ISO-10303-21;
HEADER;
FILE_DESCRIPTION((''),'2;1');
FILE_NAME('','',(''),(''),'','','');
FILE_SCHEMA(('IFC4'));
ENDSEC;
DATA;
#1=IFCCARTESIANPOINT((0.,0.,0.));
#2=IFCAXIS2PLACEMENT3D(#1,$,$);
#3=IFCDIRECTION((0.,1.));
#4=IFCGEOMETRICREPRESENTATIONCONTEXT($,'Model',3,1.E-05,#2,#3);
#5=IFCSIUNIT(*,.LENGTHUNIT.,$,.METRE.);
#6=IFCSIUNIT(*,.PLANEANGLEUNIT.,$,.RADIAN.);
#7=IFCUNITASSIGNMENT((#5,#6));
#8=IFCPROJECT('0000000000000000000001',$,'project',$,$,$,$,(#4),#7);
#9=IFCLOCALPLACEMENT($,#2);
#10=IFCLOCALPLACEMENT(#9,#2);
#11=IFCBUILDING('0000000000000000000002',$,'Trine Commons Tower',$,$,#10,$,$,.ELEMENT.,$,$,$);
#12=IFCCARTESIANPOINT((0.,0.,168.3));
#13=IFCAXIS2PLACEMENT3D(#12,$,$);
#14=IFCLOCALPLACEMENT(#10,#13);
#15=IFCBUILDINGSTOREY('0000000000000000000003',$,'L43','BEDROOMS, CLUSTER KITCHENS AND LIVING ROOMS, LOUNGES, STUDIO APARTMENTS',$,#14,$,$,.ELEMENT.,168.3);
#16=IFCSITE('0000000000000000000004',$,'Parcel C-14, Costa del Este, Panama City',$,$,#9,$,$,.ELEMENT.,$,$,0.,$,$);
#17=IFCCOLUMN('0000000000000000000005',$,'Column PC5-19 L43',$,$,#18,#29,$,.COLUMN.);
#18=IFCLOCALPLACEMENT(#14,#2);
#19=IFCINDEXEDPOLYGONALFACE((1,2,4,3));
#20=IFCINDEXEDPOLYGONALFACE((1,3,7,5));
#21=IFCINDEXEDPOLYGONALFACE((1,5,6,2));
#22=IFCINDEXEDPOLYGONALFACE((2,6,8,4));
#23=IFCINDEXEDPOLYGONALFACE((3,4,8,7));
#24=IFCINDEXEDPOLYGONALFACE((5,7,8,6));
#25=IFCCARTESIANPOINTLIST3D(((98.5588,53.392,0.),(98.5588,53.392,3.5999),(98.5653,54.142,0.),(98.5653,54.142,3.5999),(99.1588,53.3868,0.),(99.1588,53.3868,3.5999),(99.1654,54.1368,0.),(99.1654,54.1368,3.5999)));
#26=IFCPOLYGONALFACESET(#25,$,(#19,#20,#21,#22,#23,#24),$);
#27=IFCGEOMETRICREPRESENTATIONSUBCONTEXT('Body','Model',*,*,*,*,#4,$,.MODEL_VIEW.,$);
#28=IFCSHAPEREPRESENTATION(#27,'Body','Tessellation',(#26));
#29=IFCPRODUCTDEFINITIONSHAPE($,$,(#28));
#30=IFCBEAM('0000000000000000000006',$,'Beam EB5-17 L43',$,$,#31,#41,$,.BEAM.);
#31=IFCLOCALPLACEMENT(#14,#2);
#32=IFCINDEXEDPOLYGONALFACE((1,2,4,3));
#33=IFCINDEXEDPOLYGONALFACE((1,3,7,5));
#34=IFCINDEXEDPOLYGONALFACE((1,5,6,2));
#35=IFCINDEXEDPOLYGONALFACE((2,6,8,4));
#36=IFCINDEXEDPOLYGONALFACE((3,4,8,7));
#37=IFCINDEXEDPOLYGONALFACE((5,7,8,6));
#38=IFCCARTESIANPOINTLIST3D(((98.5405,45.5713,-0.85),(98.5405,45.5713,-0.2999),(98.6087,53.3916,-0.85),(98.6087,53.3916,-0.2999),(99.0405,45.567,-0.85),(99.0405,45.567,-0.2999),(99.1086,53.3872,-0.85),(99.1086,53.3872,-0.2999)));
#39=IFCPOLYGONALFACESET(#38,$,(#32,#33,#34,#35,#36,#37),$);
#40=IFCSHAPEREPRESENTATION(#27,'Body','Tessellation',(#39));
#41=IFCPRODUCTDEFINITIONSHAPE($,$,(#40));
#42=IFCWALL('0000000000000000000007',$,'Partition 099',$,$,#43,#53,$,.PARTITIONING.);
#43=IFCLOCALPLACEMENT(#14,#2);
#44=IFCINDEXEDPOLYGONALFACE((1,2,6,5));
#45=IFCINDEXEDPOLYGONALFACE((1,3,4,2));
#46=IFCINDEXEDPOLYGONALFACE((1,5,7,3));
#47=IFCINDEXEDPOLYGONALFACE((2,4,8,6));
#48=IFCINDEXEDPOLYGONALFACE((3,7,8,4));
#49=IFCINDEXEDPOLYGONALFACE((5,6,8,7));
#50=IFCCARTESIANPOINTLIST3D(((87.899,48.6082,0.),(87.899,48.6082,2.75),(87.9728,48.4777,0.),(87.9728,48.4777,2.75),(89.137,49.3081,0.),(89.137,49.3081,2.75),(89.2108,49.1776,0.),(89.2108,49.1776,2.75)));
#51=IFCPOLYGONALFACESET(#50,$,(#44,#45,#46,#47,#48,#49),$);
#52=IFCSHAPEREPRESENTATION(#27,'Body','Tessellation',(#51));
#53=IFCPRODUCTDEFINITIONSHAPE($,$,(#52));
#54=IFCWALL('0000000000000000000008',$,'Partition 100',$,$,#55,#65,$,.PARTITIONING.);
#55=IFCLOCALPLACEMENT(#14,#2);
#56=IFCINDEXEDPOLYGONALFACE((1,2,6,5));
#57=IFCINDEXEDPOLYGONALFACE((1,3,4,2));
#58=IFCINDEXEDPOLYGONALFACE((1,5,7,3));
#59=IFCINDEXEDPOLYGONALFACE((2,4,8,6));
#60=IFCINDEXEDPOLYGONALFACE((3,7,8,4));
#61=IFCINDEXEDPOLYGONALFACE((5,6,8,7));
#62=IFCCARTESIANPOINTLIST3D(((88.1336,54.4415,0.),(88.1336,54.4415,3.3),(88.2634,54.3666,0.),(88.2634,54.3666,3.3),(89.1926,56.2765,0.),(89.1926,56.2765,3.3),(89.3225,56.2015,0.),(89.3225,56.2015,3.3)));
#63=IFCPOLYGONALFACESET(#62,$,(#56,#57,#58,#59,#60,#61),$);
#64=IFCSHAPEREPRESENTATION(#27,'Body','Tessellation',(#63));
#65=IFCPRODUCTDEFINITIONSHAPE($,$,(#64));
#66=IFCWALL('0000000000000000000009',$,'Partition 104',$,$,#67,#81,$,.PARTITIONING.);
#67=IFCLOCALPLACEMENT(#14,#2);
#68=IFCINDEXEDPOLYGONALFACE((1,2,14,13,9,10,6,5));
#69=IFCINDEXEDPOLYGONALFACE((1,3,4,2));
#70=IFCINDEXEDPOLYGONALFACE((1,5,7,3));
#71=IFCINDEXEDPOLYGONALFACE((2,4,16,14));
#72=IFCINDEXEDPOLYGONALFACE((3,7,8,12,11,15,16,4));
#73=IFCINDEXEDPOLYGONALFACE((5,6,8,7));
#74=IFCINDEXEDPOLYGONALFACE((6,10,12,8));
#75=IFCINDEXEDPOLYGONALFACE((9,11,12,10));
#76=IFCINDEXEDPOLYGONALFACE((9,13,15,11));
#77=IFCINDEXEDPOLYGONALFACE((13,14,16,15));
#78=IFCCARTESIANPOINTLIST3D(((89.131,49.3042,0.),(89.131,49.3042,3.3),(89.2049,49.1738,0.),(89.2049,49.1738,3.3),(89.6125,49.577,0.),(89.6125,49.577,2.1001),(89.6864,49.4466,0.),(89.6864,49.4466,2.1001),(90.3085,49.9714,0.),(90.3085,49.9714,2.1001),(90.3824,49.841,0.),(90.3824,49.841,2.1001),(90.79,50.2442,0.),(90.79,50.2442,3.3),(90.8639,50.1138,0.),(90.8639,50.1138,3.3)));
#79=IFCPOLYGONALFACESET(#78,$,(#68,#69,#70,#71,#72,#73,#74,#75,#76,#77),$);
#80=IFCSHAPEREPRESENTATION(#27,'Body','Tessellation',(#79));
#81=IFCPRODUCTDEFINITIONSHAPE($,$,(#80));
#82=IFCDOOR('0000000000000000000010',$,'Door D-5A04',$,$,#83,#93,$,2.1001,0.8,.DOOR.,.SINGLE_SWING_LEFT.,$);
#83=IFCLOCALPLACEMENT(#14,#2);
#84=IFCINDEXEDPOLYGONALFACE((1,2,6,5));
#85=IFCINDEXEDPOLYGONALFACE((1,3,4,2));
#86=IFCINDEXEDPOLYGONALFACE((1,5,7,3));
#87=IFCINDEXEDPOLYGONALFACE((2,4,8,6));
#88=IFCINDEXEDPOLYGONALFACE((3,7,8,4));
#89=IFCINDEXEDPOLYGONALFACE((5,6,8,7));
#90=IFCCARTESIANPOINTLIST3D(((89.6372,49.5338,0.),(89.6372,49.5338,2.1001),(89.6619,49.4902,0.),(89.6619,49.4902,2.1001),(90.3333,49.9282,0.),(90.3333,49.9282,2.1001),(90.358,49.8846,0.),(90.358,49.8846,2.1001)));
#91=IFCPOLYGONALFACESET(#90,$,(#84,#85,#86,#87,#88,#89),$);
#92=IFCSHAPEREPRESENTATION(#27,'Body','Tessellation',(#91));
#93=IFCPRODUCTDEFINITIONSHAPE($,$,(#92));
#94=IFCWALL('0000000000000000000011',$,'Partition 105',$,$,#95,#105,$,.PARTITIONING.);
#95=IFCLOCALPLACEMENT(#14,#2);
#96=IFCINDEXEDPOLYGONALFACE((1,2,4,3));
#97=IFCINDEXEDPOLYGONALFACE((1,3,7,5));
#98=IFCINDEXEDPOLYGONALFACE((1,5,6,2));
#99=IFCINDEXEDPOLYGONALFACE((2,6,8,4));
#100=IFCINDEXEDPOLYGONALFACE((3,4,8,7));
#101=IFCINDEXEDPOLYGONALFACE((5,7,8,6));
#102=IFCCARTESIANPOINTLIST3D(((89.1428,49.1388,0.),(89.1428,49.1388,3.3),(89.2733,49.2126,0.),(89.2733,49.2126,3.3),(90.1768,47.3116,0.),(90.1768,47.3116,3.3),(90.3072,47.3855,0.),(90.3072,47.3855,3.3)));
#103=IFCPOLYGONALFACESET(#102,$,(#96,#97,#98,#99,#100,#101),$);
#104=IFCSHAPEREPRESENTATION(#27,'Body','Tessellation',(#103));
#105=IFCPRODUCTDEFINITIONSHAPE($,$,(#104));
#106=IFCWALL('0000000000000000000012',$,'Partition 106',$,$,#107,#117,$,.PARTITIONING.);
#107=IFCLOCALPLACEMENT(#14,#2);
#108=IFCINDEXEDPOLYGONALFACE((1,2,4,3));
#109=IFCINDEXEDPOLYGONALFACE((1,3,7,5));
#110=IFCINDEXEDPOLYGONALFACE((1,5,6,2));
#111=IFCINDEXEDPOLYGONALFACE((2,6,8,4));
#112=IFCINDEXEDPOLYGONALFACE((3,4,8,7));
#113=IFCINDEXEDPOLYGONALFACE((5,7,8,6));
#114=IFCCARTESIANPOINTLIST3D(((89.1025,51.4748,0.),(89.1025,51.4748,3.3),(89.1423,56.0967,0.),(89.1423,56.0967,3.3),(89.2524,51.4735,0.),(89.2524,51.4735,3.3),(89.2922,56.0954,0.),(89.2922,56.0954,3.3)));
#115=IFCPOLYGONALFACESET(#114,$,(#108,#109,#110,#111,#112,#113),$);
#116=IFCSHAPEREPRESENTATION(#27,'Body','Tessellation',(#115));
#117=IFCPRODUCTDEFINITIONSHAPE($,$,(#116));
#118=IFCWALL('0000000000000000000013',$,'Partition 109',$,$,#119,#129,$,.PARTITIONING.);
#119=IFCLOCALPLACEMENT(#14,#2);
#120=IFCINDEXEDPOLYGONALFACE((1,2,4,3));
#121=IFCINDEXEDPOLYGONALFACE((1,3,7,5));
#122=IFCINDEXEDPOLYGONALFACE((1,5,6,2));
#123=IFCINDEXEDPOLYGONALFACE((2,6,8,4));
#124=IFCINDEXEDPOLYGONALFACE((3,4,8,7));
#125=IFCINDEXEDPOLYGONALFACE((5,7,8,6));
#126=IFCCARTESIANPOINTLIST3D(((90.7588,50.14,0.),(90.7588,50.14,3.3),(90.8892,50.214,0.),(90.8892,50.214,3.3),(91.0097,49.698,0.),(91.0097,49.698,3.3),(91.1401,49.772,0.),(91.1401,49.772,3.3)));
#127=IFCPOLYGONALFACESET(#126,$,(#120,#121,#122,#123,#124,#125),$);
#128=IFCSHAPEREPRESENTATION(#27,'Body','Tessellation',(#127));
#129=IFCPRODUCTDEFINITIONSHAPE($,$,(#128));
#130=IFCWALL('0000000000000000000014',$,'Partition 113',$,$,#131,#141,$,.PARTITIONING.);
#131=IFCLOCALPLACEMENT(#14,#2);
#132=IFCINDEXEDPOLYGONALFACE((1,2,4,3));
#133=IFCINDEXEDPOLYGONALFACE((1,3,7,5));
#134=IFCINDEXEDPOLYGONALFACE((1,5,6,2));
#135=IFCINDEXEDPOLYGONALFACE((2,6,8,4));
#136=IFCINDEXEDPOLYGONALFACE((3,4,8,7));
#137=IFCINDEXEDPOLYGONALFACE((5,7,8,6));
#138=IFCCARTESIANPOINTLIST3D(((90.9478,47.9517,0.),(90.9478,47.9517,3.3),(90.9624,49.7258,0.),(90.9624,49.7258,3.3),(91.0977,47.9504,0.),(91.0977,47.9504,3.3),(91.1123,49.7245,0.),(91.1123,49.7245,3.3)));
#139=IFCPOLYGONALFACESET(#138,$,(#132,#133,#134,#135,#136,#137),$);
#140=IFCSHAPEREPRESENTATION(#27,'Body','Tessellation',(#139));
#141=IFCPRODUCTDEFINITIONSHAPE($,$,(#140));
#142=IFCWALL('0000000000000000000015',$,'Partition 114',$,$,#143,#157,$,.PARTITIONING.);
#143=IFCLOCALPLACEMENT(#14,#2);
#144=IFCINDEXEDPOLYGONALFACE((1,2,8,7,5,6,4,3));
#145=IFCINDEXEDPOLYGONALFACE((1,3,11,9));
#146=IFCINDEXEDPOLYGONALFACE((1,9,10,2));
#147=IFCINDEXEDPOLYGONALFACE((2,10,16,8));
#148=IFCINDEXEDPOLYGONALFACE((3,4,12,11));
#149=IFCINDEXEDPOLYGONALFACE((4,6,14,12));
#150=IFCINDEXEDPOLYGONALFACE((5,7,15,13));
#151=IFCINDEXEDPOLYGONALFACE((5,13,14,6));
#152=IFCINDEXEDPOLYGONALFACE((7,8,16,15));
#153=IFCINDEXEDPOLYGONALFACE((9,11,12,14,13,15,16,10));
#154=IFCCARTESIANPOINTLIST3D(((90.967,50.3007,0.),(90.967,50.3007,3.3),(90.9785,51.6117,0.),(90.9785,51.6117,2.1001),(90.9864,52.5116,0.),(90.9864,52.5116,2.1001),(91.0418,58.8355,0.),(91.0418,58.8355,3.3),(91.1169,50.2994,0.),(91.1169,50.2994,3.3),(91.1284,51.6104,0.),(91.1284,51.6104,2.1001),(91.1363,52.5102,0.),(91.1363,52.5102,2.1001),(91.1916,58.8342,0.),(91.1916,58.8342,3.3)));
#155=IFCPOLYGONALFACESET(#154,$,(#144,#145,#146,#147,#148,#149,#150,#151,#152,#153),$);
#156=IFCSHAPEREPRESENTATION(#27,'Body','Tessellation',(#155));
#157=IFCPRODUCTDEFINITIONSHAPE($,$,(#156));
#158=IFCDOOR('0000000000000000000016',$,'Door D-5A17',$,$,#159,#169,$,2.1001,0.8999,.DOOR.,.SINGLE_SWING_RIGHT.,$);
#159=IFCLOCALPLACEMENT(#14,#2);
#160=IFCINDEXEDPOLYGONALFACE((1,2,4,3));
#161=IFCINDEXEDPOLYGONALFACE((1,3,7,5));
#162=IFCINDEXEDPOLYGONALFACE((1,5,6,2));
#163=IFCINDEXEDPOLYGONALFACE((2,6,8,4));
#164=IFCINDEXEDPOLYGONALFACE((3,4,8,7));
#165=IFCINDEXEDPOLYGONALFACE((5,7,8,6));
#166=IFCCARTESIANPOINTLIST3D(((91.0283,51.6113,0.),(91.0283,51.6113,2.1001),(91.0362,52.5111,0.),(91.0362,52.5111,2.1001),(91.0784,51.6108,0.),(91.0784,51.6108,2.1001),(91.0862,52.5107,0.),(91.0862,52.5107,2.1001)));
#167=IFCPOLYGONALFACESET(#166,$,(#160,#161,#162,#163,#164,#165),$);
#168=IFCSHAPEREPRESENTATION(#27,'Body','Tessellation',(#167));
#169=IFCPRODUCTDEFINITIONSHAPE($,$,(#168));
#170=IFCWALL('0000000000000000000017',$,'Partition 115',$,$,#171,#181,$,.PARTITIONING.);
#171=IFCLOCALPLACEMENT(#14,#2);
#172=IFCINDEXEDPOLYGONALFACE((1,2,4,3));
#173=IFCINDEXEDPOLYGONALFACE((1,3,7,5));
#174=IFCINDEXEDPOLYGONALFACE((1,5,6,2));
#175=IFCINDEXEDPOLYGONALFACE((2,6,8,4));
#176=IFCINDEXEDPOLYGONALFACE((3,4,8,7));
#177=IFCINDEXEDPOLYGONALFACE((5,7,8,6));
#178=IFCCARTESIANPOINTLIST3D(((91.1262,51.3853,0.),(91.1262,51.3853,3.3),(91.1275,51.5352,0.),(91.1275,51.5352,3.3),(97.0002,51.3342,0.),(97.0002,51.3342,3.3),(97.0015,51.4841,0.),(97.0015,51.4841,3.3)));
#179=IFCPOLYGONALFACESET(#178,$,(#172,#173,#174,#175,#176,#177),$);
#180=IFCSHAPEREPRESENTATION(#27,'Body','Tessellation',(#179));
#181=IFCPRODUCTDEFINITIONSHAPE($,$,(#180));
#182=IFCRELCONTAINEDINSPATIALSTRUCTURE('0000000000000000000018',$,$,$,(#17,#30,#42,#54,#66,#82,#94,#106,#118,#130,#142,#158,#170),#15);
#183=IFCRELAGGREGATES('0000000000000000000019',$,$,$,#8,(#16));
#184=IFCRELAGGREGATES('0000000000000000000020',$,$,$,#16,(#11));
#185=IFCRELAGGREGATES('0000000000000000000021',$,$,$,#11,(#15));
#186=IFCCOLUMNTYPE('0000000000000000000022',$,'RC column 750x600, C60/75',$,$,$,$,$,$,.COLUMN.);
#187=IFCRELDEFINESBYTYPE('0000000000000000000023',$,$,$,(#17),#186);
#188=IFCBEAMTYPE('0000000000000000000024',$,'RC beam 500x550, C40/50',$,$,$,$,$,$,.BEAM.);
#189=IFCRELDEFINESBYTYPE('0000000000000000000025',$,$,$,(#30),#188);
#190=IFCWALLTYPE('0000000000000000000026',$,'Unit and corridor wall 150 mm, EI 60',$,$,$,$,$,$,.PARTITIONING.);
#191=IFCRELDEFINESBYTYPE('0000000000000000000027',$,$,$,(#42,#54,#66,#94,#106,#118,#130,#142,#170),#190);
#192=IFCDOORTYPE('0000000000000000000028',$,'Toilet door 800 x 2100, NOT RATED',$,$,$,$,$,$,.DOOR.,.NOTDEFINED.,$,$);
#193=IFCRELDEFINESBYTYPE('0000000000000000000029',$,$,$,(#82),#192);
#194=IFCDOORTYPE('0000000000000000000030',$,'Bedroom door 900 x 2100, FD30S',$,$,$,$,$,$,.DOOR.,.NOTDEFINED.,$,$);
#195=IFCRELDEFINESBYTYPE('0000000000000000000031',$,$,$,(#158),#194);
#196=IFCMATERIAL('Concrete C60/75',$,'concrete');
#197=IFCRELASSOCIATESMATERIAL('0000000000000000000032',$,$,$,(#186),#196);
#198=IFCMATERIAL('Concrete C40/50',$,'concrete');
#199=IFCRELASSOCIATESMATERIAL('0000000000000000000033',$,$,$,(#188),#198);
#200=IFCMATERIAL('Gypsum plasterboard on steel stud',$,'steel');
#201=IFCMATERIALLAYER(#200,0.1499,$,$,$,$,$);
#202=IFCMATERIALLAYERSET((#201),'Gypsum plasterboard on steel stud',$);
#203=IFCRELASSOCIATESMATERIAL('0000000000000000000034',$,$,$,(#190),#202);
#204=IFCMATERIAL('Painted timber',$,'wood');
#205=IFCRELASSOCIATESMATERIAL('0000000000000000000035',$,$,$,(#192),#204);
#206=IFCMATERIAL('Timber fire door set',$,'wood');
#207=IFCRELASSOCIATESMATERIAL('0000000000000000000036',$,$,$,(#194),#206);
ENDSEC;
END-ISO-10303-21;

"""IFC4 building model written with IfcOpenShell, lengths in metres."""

from ifc_helpers import new_model, si_unit, direction, frame, frame_2d, origin, origin_2d, place, context, subcontext, project, spatial, rectangle, extrude, material, layer, layer_set, material_profile, profile_set, type_object, element, fill, save


model = new_model("IFC4")

# Units and contexts
model_context = context("Model", 3, precision=1e-05, world=origin(), true_north=direction((0.0, 1.0)))
body_context = subcontext(model_context, "Body", "Model", "MODEL_VIEW")
ifc_project = project(units=[si_unit("LENGTHUNIT", "METRE"), si_unit("PLANEANGLEUNIT", "RADIAN")], contexts=[model_context])

# Site, building, storey
site_placement = place(None, origin())
site = spatial("IfcSite", under=ifc_project, at=site_placement, Name="Parcel C-14, Costa del Este, Panama City", CompositionType="ELEMENT", RefElevation=0.0)
building_placement = place(site_placement, origin())
building = spatial("IfcBuilding", under=site, at=building_placement, Name="Trine Commons Tower", CompositionType="ELEMENT")
storey_placement = place(building_placement, frame((0.0, 0.0, 168.3)))
storey = spatial("IfcBuildingStorey", under=building, at=storey_placement, Name="L43", Description="BEDROOMS, CLUSTER KITCHENS AND LIVING ROOMS, LOUNGES, STUDIO APARTMENTS", CompositionType="ELEMENT", Elevation=168.3)

# Column
ifc_material_1 = material(Name="Concrete C60/75", Category="concrete")
ifc_material_profile_1 = material_profile(ifc_material_1, rectangle(XDim=0.75, YDim=0.6001, at=origin_2d()), Name="RC 750x600")
ifc_profile_set_1 = profile_set([ifc_material_profile_1], Name="Concrete C60/75")
column_type = type_object("IfcColumnType", Name="RC column 750x600, C60/75", PredefinedType="COLUMN", material=ifc_profile_set_1)
column_placement = place(storey_placement, frame((98.8621, 53.7644, 0.0), z_axis=(0.0, 0.0, 1.0), x_axis=(0.008727, 0.999962, 0.0)))
element("IfcColumn", 1, at=column_placement, inside=storey, type_object=column_type, Name="Column PC5-19 L43", PredefinedType="COLUMN", context=body_context, shape_type="SweptSolid", body=[
    extrude(rectangle(XDim=0.75, YDim=0.6001, at=origin_2d()), origin(), (0.0, 0.0, 1.0), 3.5999),
])

# Beam
ifc_material_2 = material(Name="Concrete C40/50", Category="concrete")
ifc_material_profile_2 = material_profile(ifc_material_2, rectangle(XDim=0.5, YDim=0.55, at=origin_2d()), Name="RC 500x550")
ifc_profile_set_2 = profile_set([ifc_material_profile_2], Name="Concrete C40/50")
beam_type = type_object("IfcBeamType", Name="RC beam 500x550, C40/50", PredefinedType="BEAM", material=ifc_profile_set_2)
beam_placement = place(storey_placement, frame((98.8586, 53.3894, -0.575), z_axis=(-0.00871, -0.999962, 0.0), x_axis=(0.999962, -0.00871, 0.0)))
element("IfcBeam", 2, at=beam_placement, inside=storey, type_object=beam_type, Name="Beam EB5-17 L43", PredefinedType="BEAM", context=body_context, shape_type="SweptSolid", body=[
    extrude(rectangle(XDim=0.5, YDim=0.55, at=origin_2d()), origin(), (0.0, 0.0, 1.0), 7.8206),
])

# Walls
ifc_material_3 = material(Name="Gypsum plasterboard on steel stud", Category="steel")
ifc_layer = layer(ifc_material_3, 0.1499)
ifc_layer_set = layer_set([ifc_layer], Name="Gypsum plasterboard on steel stud")
wall_type = type_object("IfcWallType", Name="Unit and corridor wall 150 mm, EI 60", PredefinedType="PARTITIONING", material=ifc_layer_set)
wall_1_placement = place(storey_placement, frame((87.936, 48.543, 0.0), z_axis=(0.0, 0.0, 1.0), x_axis=(0.870505, 0.492159, 0.0)))
element("IfcWall", 3, at=wall_1_placement, inside=storey, type_object=wall_type, Name="Partition 099", PredefinedType="PARTITIONING", context=body_context, shape_type="SweptSolid", body=[
    extrude(rectangle(XDim=1.4221, YDim=0.1499, at=frame_2d((0.7109, 0.0))), origin(), (0.0, 0.0, 1.0), 2.75),
])
wall_2_placement = place(storey_placement, frame((88.1985, 54.4041, 0.0), z_axis=(0.0, 0.0, 1.0), x_axis=(0.499882, 0.866093, 0.0)))
element("IfcWall", 4, at=wall_2_placement, inside=storey, type_object=wall_type, Name="Partition 100", PredefinedType="PARTITIONING", context=body_context, shape_type="SweptSolid", body=[
    extrude(rectangle(XDim=2.1187, YDim=0.1499, at=frame_2d((1.0593, 0.0))), origin(), (0.0, 0.0, 1.0), 3.3),
])

# Wall, opening, door
wall_3_placement = place(storey_placement, frame((89.168, 49.239, 0.0), z_axis=(0.0, 0.0, 1.0), x_axis=(0.87005, 0.492964, 0.0)))
wall_3 = element("IfcWall", 5, at=wall_3_placement, inside=storey, type_object=wall_type, Name="Partition 104", PredefinedType="PARTITIONING", context=body_context, shape_type="SweptSolid", body=[
    extrude(rectangle(XDim=1.9067, YDim=0.1499, at=frame_2d((0.9534, 0.0))), origin(), (0.0, 0.0, 1.0), 3.3),
])
opening_1_placement = place(wall_3_placement, frame((0.5535, 0.0, 0.0)))
opening_1 = element("IfcOpeningElement", 6, at=opening_1_placement, cuts=wall_3, PredefinedType="OPENING", context=body_context, shape_type="SweptSolid", body=[
    extrude(rectangle(XDim=0.8, YDim=2.1001, at=frame_2d((0.3999, 1.05))), frame((0.0, 0.085, 0.0), z_axis=(0.0, -1.0, 0.0), x_axis=(1.0, 0.0, 0.0)), (0.0, 0.0, 1.0), 0.1699),
])
ifc_material_4 = material(Name="Painted timber", Category="wood")
door_type_1 = type_object("IfcDoorType", Name="Toilet door 800 x 2100, NOT RATED", OperationType="NOTDEFINED", PredefinedType="DOOR", material=ifc_material_4)
door_1_placement = place(opening_1_placement, frame((0.8, 0.0, 0.0), z_axis=(0.0, 0.0, 1.0), x_axis=(-1.0, 0.0, 0.0)))
door_1 = element("IfcDoor", 7, at=door_1_placement, inside=storey, type_object=door_type_1, Name="Door D-5A04", OperationType="SINGLE_SWING_LEFT", OverallHeight=2.1001, OverallWidth=0.8, PredefinedType="DOOR", context=body_context, shape_type="SweptSolid", body=[
    extrude(rectangle(XDim=0.8, YDim=2.1001, at=frame_2d((0.3999, 1.05))), frame((0.0, 0.0249, 0.0), z_axis=(0.0, -1.0, 0.0), x_axis=(1.0, 0.0, 0.0)), (0.0, 0.0, 1.0), 0.05),
])
fill(opening_1, door_1)

# Walls
wall_4_placement = place(storey_placement, frame((89.208, 49.1758, 0.0), z_axis=(0.0, 0.0, 1.0), x_axis=(0.49249, -0.870318, 0.0)))
element("IfcWall", 8, at=wall_4_placement, inside=storey, type_object=wall_type, Name="Partition 105", PredefinedType="PARTITIONING", context=body_context, shape_type="SweptSolid", body=[
    extrude(rectangle(XDim=2.0994, YDim=0.1499, at=frame_2d((1.0498, 0.0))), origin(), (0.0, 0.0, 1.0), 3.3),
])
wall_5_placement = place(storey_placement, frame((89.1775, 51.4741, 0.0), z_axis=(0.0, 0.0, 1.0), x_axis=(0.00861, 0.999963, 0.0)))
element("IfcWall", 9, at=wall_5_placement, inside=storey, type_object=wall_type, Name="Partition 106", PredefinedType="PARTITIONING", context=body_context, shape_type="SweptSolid", body=[
    extrude(rectangle(XDim=4.6221, YDim=0.1499, at=frame_2d((2.311, 0.0))), origin(), (0.0, 0.0, 1.0), 3.3),
])
wall_6_placement = place(storey_placement, frame((90.824, 50.177, 0.0), z_axis=(0.0, 0.0, 1.0), x_axis=(0.493655, -0.869658, 0.0)))
element("IfcWall", 10, at=wall_6_placement, inside=storey, type_object=wall_type, Name="Partition 109", PredefinedType="PARTITIONING", context=body_context, shape_type="SweptSolid", body=[
    extrude(rectangle(XDim=0.5083, YDim=0.1499, at=frame_2d((0.2542, 0.0))), origin(), (0.0, 0.0, 1.0), 3.3),
])
wall_7_placement = place(storey_placement, frame((91.0227, 47.9509, 0.0), z_axis=(0.0, 0.0, 1.0), x_axis=(0.008256, 0.999966, 0.0)))
element("IfcWall", 11, at=wall_7_placement, inside=storey, type_object=wall_type, Name="Partition 113", PredefinedType="PARTITIONING", context=body_context, shape_type="SweptSolid", body=[
    extrude(rectangle(XDim=1.7742, YDim=0.1499, at=frame_2d((0.8872, 0.0))), origin(), (0.0, 0.0, 1.0), 3.3),
])

# Wall, opening, door
wall_8_placement = place(storey_placement, frame((91.042, 50.3, 0.0), z_axis=(0.0, 0.0, 1.0), x_axis=(0.008753, 0.999962, 0.0)))
wall_8 = element("IfcWall", 12, at=wall_8_placement, inside=storey, type_object=wall_type, Name="Partition 114", PredefinedType="PARTITIONING", context=body_context, shape_type="SweptSolid", body=[
    extrude(rectangle(XDim=8.5352, YDim=0.1499, at=frame_2d((4.2676, 0.0))), origin(), (0.0, 0.0, 1.0), 3.3),
])
opening_2_placement = place(wall_8_placement, frame((1.311, 0.0, 0.0)))
opening_2 = element("IfcOpeningElement", 13, at=opening_2_placement, cuts=wall_8, PredefinedType="OPENING", context=body_context, shape_type="SweptSolid", body=[
    extrude(rectangle(XDim=0.8999, YDim=2.1001, at=frame_2d((0.45, 1.05))), frame((0.0, 0.085, 0.0), z_axis=(0.0, -1.0, 0.0), x_axis=(1.0, 0.0, 0.0)), (0.0, 0.0, 1.0), 0.1699),
])
ifc_material_5 = material(Name="Timber fire door set", Category="wood")
door_type_2 = type_object("IfcDoorType", Name="Bedroom door 900 x 2100, FD30S", OperationType="NOTDEFINED", PredefinedType="DOOR", material=ifc_material_5)
door_2_placement = place(opening_2_placement, frame((0.8999, 0.0, 0.0), z_axis=(0.0, 0.0, 1.0), x_axis=(-1.0, 0.0, 0.0)))
door_2 = element("IfcDoor", 14, at=door_2_placement, inside=storey, type_object=door_type_2, Name="Door D-5A17", OperationType="SINGLE_SWING_RIGHT", OverallHeight=2.1001, OverallWidth=0.8999, PredefinedType="DOOR", context=body_context, shape_type="SweptSolid", body=[
    extrude(rectangle(XDim=0.8999, YDim=2.1001, at=frame_2d((0.45, 1.05))), frame((0.0, 0.0249, 0.0), z_axis=(0.0, -1.0, 0.0), x_axis=(1.0, 0.0, 0.0)), (0.0, 0.0, 1.0), 0.05),
])
fill(opening_2, door_2)

# Wall
wall_9_placement = place(storey_placement, frame((91.127, 51.4602, 0.0), z_axis=(0.0, 0.0, 1.0), x_axis=(0.999962, -0.008686, 0.0)))
element("IfcWall", 15, at=wall_9_placement, inside=storey, type_object=wall_type, Name="Partition 115", PredefinedType="PARTITIONING", context=body_context, shape_type="SweptSolid", body=[
    extrude(rectangle(XDim=5.8743, YDim=0.1499, at=frame_2d((2.937, 0.0))), origin(), (0.0, 0.0, 1.0), 3.3),
])

save(model, "model.ifc")
